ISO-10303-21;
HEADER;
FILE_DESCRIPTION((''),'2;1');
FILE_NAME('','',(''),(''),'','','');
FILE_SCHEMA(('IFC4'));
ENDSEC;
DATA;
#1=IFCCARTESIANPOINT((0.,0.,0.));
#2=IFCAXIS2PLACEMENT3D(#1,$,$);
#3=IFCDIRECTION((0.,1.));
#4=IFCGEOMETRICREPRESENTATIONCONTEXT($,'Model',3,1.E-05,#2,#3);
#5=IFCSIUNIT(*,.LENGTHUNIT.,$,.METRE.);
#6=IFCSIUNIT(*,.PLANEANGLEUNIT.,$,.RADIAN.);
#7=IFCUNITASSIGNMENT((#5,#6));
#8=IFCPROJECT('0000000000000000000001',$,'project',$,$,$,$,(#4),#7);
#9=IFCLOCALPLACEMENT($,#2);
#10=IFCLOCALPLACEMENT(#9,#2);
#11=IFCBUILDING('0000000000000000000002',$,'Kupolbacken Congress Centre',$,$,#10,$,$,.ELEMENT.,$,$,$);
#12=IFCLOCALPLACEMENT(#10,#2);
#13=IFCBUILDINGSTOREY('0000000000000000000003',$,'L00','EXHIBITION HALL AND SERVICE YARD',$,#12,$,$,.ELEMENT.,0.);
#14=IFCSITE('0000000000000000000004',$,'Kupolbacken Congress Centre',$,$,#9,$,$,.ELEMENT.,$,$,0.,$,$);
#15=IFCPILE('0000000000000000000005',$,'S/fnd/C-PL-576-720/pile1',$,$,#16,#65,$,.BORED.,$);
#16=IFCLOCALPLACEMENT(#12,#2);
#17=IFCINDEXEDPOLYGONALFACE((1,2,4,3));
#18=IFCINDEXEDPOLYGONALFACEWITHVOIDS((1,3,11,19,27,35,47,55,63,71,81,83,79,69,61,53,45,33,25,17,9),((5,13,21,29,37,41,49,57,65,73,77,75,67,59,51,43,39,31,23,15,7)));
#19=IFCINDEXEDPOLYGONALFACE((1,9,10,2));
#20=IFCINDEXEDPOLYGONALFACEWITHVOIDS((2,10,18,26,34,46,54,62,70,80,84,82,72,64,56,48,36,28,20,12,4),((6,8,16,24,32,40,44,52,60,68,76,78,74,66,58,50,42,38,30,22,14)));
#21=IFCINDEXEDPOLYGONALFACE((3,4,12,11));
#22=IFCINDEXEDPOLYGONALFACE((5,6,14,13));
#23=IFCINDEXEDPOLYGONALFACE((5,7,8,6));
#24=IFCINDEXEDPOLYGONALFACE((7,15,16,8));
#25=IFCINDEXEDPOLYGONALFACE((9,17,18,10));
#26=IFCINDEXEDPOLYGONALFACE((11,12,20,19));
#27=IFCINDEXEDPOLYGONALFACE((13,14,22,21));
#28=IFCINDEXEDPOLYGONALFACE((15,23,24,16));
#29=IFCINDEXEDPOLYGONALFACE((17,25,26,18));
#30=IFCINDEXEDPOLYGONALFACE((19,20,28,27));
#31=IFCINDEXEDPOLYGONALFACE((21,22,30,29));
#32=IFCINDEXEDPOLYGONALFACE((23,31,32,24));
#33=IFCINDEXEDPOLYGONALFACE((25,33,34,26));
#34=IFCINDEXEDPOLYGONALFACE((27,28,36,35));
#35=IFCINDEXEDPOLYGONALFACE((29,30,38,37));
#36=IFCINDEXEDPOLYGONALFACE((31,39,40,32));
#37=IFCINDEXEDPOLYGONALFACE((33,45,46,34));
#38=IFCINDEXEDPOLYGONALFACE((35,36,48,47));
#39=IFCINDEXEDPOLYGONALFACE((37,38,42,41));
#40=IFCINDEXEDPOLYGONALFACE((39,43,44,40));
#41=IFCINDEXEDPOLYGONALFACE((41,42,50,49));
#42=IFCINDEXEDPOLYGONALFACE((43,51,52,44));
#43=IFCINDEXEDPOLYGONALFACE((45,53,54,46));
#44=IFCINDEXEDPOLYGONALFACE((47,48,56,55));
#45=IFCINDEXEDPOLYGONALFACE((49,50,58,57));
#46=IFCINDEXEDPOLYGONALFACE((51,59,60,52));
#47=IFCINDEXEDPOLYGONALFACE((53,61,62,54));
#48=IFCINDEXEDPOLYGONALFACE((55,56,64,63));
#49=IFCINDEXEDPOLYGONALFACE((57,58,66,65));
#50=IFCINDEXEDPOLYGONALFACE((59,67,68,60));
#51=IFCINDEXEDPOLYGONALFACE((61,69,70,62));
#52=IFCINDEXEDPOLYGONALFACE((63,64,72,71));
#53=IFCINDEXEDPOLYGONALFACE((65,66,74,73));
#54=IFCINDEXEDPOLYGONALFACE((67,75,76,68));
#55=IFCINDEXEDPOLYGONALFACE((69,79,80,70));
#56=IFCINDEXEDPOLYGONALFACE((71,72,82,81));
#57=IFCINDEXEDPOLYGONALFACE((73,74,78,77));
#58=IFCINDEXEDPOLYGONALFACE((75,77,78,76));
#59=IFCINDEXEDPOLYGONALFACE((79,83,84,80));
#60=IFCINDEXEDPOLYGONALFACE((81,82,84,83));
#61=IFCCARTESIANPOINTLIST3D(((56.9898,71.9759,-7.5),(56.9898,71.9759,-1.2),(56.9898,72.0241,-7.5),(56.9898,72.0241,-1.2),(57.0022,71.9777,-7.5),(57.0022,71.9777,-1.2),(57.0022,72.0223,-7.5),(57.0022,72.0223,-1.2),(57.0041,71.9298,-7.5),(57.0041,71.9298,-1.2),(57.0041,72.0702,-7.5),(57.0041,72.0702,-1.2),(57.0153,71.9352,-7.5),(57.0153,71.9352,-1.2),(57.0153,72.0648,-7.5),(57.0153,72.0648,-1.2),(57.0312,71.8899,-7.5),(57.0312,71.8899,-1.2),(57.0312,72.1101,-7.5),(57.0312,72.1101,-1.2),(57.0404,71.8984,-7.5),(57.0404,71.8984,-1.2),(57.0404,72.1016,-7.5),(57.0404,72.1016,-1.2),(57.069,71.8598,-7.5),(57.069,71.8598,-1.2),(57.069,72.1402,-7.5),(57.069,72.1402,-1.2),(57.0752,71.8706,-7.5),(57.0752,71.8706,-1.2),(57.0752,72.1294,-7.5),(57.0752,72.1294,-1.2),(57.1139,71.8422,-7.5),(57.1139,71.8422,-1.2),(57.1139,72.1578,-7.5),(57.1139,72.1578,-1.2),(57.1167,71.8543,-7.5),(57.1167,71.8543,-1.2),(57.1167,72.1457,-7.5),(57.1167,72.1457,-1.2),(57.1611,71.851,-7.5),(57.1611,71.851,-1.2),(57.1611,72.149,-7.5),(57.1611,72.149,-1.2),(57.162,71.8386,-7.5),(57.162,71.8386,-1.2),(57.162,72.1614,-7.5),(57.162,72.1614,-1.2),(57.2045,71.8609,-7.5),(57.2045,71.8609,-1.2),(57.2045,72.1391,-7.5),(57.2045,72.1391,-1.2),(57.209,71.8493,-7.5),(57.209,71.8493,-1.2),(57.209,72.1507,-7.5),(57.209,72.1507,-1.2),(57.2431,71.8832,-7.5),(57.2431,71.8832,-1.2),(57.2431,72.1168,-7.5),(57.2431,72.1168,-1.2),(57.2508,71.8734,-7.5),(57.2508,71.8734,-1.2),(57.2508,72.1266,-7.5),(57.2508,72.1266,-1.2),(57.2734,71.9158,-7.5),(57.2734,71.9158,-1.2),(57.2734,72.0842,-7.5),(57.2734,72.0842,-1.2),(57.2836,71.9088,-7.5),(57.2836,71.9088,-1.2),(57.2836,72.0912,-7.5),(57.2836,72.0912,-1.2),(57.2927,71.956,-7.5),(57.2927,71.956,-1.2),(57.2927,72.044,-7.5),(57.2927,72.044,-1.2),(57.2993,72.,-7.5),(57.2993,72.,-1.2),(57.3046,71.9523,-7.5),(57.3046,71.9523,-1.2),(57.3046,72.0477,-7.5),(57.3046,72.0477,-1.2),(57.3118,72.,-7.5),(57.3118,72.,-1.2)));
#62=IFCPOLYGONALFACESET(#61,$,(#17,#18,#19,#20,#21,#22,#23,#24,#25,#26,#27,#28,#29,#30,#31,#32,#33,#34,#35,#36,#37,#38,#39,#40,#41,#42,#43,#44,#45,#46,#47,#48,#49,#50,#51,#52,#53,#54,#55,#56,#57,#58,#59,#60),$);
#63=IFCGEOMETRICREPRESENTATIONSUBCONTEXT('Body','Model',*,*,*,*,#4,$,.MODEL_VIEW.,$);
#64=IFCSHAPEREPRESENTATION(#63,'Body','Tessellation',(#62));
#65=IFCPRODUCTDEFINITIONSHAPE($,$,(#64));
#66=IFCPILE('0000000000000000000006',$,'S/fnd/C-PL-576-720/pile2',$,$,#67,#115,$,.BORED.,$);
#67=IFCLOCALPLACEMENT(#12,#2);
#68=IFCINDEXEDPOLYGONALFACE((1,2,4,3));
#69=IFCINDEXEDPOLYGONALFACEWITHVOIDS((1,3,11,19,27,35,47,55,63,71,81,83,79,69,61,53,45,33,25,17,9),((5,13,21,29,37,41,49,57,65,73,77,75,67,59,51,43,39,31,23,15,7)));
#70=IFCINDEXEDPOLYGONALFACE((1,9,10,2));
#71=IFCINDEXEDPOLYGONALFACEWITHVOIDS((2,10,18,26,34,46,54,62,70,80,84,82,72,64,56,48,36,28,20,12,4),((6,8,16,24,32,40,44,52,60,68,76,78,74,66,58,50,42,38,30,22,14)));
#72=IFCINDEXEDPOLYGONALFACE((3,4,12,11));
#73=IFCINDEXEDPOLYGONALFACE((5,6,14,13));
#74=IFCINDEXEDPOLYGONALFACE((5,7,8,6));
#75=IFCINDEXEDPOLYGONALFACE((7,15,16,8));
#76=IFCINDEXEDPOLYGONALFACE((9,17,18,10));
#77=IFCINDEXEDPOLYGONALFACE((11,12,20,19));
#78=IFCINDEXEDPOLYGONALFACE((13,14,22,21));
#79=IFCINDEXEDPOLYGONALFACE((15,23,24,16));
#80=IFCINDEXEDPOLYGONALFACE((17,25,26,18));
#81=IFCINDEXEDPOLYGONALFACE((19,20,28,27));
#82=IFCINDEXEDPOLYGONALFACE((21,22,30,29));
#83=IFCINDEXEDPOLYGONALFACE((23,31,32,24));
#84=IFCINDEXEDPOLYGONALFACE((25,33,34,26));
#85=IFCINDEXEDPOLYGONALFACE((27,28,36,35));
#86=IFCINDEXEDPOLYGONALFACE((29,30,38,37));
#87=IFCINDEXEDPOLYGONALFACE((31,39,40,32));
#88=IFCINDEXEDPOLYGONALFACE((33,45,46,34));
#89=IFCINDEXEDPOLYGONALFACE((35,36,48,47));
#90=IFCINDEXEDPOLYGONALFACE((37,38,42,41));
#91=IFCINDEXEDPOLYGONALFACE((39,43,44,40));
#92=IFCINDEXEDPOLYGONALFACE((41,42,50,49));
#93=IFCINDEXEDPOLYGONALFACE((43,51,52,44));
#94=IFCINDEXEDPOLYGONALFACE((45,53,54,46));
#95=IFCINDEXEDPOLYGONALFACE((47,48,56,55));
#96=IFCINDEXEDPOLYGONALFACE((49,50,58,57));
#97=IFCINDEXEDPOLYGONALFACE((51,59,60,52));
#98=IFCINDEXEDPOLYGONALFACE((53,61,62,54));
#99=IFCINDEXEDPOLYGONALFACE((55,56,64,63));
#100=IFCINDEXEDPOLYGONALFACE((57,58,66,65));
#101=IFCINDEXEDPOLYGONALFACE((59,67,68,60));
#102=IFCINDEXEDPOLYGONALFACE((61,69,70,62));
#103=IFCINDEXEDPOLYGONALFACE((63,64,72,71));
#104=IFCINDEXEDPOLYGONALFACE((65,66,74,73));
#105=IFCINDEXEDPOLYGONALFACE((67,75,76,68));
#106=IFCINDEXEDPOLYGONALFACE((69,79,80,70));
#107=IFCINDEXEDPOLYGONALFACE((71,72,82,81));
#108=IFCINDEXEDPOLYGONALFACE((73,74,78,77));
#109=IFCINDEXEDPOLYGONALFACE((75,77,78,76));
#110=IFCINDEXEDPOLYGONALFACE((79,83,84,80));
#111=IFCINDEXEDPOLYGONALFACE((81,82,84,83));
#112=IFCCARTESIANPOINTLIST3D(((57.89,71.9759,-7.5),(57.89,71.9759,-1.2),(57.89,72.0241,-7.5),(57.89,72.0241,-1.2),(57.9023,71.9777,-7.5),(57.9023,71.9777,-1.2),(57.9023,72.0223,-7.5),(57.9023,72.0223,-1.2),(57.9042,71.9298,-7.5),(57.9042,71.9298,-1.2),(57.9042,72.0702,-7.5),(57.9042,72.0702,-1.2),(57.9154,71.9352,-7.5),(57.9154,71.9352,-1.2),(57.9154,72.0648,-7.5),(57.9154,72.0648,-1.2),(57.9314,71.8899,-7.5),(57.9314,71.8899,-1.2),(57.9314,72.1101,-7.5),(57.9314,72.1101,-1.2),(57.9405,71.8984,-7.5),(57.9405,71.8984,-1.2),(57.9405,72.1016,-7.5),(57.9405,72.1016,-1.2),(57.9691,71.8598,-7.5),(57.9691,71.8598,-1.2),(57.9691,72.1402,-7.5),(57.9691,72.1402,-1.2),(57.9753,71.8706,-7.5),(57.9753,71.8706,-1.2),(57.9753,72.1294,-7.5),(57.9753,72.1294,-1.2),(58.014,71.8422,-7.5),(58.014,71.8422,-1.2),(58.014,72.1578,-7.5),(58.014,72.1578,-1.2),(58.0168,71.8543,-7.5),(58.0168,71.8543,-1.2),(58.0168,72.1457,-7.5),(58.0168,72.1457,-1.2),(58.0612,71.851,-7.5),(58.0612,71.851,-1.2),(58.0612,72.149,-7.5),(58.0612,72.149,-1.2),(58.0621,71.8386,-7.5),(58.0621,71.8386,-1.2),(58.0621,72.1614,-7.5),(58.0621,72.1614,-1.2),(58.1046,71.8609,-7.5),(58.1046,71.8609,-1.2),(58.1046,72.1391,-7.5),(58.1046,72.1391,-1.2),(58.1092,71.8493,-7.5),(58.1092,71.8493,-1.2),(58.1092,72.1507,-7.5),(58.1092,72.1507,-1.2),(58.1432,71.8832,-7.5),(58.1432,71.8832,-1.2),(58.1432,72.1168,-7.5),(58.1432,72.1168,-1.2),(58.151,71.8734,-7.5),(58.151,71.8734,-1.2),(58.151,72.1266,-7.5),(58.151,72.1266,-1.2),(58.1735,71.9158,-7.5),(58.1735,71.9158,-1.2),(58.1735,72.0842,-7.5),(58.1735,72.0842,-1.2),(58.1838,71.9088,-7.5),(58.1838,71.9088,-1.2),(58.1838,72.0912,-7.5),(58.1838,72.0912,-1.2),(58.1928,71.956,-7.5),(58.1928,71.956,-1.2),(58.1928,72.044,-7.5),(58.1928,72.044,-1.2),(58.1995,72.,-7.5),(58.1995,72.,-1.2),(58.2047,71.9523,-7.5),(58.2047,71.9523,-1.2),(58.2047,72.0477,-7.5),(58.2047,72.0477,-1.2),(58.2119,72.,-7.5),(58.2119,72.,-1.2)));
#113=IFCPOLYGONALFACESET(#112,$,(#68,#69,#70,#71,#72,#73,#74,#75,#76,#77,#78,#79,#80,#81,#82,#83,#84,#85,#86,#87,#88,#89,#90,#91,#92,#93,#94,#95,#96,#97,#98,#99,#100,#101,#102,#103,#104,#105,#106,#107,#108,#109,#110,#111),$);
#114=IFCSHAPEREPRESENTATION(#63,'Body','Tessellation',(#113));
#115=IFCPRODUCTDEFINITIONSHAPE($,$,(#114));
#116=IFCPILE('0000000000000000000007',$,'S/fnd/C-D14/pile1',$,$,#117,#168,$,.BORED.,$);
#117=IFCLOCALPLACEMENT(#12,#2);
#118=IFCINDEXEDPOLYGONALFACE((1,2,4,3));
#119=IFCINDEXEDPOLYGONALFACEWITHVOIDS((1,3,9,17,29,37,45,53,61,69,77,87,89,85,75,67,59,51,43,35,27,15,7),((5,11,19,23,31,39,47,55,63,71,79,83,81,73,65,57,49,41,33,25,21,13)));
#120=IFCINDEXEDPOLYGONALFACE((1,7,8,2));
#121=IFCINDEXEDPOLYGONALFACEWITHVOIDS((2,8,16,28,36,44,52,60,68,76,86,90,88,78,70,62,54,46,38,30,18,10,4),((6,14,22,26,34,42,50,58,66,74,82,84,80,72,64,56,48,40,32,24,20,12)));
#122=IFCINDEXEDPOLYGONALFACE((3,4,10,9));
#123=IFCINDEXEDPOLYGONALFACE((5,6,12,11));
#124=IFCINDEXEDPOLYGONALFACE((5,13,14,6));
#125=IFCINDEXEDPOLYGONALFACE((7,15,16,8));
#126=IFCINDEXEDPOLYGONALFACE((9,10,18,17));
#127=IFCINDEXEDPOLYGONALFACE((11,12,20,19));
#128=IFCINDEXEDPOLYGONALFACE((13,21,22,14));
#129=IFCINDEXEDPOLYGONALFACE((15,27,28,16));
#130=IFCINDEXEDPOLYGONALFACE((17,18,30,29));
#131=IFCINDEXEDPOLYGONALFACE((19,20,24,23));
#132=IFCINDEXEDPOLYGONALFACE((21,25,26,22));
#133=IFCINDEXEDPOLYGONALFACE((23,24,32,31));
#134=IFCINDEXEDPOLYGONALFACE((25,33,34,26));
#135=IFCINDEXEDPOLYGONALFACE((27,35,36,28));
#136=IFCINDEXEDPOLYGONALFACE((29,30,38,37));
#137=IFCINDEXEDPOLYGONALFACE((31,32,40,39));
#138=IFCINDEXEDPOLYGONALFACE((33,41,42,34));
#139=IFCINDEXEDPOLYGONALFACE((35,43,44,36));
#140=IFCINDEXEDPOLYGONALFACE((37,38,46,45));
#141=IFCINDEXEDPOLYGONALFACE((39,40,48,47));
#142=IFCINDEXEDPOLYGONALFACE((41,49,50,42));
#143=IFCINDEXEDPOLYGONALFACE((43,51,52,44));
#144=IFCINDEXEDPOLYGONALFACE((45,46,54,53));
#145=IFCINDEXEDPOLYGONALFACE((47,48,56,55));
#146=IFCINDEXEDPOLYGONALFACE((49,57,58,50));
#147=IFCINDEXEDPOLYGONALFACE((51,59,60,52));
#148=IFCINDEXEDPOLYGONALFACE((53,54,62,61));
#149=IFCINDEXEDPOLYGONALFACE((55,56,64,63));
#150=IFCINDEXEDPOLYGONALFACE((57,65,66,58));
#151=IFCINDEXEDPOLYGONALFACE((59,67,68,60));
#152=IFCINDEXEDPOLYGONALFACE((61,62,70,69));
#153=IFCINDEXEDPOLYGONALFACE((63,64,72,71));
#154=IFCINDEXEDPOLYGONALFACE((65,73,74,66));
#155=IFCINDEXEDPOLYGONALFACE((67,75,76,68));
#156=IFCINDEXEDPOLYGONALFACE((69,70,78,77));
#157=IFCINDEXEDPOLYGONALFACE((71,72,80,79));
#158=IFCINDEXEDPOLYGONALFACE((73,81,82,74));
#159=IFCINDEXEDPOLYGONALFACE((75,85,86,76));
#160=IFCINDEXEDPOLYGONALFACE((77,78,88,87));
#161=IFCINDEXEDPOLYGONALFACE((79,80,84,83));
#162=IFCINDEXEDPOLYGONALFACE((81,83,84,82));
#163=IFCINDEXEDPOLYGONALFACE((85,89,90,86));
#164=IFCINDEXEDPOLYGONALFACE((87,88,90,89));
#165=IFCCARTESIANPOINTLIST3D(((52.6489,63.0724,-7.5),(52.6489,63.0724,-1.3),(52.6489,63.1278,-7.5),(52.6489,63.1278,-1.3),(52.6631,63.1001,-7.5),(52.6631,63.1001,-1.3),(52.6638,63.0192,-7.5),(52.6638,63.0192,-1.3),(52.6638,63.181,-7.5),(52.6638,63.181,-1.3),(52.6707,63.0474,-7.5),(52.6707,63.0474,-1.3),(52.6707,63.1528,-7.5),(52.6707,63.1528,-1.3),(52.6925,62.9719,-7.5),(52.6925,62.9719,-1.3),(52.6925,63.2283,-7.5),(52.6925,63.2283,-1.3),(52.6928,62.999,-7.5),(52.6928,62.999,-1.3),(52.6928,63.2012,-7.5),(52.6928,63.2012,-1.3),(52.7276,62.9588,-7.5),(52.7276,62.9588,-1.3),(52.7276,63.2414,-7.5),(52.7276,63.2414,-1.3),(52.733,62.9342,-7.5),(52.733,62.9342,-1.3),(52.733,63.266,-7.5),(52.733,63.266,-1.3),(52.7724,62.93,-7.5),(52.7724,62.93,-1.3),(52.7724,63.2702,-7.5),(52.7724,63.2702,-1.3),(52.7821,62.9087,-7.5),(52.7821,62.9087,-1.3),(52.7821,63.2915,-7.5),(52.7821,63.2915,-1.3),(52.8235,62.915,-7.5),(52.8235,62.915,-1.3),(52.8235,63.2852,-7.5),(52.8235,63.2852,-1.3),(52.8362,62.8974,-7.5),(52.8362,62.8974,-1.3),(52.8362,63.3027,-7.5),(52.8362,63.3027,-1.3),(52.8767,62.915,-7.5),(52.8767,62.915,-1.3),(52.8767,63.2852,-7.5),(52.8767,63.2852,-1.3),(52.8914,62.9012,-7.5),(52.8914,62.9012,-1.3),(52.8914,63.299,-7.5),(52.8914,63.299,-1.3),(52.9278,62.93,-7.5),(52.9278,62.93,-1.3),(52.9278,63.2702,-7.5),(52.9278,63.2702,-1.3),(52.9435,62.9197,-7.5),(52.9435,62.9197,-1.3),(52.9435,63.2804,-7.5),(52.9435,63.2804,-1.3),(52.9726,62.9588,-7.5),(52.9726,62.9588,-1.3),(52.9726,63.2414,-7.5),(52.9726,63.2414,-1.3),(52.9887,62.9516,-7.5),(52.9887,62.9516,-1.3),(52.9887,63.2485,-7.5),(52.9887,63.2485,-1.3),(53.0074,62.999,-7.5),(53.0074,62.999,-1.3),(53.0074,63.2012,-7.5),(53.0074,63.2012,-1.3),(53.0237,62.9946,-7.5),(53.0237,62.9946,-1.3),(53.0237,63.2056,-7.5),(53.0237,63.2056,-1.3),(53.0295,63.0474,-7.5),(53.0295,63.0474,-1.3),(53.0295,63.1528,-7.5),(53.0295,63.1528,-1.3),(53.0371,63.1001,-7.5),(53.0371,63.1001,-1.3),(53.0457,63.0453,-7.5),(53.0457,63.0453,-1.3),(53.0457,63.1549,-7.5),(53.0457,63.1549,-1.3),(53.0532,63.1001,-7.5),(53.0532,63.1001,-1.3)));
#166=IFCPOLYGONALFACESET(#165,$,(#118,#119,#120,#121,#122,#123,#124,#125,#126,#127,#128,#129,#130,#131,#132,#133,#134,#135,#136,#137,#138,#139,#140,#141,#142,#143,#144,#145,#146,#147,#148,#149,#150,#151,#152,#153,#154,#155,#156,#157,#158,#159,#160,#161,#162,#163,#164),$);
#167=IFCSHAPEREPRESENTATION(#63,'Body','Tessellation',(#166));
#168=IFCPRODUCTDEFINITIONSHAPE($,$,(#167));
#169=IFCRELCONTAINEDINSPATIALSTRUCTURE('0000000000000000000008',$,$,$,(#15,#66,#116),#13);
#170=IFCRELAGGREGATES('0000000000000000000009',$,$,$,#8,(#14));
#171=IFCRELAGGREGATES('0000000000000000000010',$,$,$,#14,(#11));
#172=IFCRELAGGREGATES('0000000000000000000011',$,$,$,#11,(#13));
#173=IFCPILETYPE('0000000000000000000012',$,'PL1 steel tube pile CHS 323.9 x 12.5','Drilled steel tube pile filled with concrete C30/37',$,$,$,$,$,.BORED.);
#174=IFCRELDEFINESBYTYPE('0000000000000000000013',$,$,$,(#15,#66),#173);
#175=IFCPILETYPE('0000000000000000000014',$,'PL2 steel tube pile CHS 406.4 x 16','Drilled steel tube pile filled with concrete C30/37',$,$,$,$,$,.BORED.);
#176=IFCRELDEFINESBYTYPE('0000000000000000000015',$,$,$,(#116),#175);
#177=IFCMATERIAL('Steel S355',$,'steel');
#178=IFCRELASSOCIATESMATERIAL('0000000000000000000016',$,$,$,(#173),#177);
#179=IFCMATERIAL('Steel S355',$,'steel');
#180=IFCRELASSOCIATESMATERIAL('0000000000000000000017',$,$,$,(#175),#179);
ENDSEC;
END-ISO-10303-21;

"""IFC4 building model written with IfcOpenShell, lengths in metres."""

from ifc_helpers import new_model, si_unit, direction, frame, origin, origin_2d, place, context, subcontext, project, spatial, hollow_circle, extrude, material, material_profile, profile_set, type_object, element, save


model = new_model("IFC4")

# Units and contexts
model_context = context("Model", 3, precision=1e-05, world=origin(), true_north=direction((0.0, 1.0)))
body_context = subcontext(model_context, "Body", "Model", "MODEL_VIEW")
ifc_project = project(units=[si_unit("LENGTHUNIT", "METRE"), si_unit("PLANEANGLEUNIT", "RADIAN")], contexts=[model_context])

# Site, building, storey
site_placement = place(None, origin())
site = spatial("IfcSite", under=ifc_project, at=site_placement, Name="Kupolbacken Congress Centre", CompositionType="ELEMENT", RefElevation=0.0)
building_placement = place(site_placement, origin())
building = spatial("IfcBuilding", under=site, at=building_placement, Name="Kupolbacken Congress Centre", CompositionType="ELEMENT")
storey_placement = place(building_placement, origin())
storey = spatial("IfcBuildingStorey", under=building, at=storey_placement, Name="L00", Description="EXHIBITION HALL AND SERVICE YARD", CompositionType="ELEMENT", Elevation=0.0)

# Piles
ifc_material_1 = material(Name="Steel S355", Category="steel")
ifc_material_profile_1 = material_profile(ifc_material_1, hollow_circle(Radius=0.1619, WallThickness=0.0125, at=origin_2d()), Name="CHS 323.9 x 12.5")
ifc_profile_set_1 = profile_set([ifc_material_profile_1], Name="Steel S355")
pile_type_1 = type_object("IfcPileType", Name="PL1 steel tube pile CHS 323.9 x 12.5", Description="Drilled steel tube pile filled with concrete C30/37", PredefinedType="BORED", material=ifc_profile_set_1)
for number, where, z_axis, x_axis, name in (
    (1, (57.1499, 72.0, -1.2), (0.0, 0.0, -1.0), (1.0, 0.0, 0.0), "S/fnd/C-PL-576-720/pile1"),
    (2, (58.05, 72.0, -1.2), (0.0, 0.0, -1.0), (1.0, 0.0, 0.0), "S/fnd/C-PL-576-720/pile2"),
):
    element("IfcPile", number, at=place(storey_placement, frame(where, z_axis=z_axis, x_axis=x_axis)), inside=storey, type_object=pile_type_1, Name=name, PredefinedType="BORED", context=body_context, shape_type="SweptSolid", body=[
        extrude(hollow_circle(Radius=0.1619, WallThickness=0.0125, at=origin_2d()), origin(), (0.0, 0.0, 1.0), 6.3),
    ])
ifc_material_2 = material(Name="Steel S355", Category="steel")
ifc_material_profile_2 = material_profile(ifc_material_2, hollow_circle(Radius=0.2031, WallThickness=0.0161, at=origin_2d()), Name="CHS 406.4 x 16")
ifc_profile_set_2 = profile_set([ifc_material_profile_2], Name="Steel S355")
pile_type_2 = type_object("IfcPileType", Name="PL2 steel tube pile CHS 406.4 x 16", Description="Drilled steel tube pile filled with concrete C30/37", PredefinedType="BORED", material=ifc_profile_set_2)
for number, where, z_axis, x_axis, name in (
    (3, (52.8501, 63.1001, -1.3), (0.0, 0.0, -1.0), (1.0, 0.0, 0.0), "S/fnd/C-D14/pile1"),
):
    element("IfcPile", number, at=place(storey_placement, frame(where, z_axis=z_axis, x_axis=x_axis)), inside=storey, type_object=pile_type_2, Name=name, PredefinedType="BORED", context=body_context, shape_type="SweptSolid", body=[
        extrude(hollow_circle(Radius=0.2031, WallThickness=0.0161, at=origin_2d()), origin(), (0.0, 0.0, 1.0), 6.2),
    ])

save(model, "model.ifc")
